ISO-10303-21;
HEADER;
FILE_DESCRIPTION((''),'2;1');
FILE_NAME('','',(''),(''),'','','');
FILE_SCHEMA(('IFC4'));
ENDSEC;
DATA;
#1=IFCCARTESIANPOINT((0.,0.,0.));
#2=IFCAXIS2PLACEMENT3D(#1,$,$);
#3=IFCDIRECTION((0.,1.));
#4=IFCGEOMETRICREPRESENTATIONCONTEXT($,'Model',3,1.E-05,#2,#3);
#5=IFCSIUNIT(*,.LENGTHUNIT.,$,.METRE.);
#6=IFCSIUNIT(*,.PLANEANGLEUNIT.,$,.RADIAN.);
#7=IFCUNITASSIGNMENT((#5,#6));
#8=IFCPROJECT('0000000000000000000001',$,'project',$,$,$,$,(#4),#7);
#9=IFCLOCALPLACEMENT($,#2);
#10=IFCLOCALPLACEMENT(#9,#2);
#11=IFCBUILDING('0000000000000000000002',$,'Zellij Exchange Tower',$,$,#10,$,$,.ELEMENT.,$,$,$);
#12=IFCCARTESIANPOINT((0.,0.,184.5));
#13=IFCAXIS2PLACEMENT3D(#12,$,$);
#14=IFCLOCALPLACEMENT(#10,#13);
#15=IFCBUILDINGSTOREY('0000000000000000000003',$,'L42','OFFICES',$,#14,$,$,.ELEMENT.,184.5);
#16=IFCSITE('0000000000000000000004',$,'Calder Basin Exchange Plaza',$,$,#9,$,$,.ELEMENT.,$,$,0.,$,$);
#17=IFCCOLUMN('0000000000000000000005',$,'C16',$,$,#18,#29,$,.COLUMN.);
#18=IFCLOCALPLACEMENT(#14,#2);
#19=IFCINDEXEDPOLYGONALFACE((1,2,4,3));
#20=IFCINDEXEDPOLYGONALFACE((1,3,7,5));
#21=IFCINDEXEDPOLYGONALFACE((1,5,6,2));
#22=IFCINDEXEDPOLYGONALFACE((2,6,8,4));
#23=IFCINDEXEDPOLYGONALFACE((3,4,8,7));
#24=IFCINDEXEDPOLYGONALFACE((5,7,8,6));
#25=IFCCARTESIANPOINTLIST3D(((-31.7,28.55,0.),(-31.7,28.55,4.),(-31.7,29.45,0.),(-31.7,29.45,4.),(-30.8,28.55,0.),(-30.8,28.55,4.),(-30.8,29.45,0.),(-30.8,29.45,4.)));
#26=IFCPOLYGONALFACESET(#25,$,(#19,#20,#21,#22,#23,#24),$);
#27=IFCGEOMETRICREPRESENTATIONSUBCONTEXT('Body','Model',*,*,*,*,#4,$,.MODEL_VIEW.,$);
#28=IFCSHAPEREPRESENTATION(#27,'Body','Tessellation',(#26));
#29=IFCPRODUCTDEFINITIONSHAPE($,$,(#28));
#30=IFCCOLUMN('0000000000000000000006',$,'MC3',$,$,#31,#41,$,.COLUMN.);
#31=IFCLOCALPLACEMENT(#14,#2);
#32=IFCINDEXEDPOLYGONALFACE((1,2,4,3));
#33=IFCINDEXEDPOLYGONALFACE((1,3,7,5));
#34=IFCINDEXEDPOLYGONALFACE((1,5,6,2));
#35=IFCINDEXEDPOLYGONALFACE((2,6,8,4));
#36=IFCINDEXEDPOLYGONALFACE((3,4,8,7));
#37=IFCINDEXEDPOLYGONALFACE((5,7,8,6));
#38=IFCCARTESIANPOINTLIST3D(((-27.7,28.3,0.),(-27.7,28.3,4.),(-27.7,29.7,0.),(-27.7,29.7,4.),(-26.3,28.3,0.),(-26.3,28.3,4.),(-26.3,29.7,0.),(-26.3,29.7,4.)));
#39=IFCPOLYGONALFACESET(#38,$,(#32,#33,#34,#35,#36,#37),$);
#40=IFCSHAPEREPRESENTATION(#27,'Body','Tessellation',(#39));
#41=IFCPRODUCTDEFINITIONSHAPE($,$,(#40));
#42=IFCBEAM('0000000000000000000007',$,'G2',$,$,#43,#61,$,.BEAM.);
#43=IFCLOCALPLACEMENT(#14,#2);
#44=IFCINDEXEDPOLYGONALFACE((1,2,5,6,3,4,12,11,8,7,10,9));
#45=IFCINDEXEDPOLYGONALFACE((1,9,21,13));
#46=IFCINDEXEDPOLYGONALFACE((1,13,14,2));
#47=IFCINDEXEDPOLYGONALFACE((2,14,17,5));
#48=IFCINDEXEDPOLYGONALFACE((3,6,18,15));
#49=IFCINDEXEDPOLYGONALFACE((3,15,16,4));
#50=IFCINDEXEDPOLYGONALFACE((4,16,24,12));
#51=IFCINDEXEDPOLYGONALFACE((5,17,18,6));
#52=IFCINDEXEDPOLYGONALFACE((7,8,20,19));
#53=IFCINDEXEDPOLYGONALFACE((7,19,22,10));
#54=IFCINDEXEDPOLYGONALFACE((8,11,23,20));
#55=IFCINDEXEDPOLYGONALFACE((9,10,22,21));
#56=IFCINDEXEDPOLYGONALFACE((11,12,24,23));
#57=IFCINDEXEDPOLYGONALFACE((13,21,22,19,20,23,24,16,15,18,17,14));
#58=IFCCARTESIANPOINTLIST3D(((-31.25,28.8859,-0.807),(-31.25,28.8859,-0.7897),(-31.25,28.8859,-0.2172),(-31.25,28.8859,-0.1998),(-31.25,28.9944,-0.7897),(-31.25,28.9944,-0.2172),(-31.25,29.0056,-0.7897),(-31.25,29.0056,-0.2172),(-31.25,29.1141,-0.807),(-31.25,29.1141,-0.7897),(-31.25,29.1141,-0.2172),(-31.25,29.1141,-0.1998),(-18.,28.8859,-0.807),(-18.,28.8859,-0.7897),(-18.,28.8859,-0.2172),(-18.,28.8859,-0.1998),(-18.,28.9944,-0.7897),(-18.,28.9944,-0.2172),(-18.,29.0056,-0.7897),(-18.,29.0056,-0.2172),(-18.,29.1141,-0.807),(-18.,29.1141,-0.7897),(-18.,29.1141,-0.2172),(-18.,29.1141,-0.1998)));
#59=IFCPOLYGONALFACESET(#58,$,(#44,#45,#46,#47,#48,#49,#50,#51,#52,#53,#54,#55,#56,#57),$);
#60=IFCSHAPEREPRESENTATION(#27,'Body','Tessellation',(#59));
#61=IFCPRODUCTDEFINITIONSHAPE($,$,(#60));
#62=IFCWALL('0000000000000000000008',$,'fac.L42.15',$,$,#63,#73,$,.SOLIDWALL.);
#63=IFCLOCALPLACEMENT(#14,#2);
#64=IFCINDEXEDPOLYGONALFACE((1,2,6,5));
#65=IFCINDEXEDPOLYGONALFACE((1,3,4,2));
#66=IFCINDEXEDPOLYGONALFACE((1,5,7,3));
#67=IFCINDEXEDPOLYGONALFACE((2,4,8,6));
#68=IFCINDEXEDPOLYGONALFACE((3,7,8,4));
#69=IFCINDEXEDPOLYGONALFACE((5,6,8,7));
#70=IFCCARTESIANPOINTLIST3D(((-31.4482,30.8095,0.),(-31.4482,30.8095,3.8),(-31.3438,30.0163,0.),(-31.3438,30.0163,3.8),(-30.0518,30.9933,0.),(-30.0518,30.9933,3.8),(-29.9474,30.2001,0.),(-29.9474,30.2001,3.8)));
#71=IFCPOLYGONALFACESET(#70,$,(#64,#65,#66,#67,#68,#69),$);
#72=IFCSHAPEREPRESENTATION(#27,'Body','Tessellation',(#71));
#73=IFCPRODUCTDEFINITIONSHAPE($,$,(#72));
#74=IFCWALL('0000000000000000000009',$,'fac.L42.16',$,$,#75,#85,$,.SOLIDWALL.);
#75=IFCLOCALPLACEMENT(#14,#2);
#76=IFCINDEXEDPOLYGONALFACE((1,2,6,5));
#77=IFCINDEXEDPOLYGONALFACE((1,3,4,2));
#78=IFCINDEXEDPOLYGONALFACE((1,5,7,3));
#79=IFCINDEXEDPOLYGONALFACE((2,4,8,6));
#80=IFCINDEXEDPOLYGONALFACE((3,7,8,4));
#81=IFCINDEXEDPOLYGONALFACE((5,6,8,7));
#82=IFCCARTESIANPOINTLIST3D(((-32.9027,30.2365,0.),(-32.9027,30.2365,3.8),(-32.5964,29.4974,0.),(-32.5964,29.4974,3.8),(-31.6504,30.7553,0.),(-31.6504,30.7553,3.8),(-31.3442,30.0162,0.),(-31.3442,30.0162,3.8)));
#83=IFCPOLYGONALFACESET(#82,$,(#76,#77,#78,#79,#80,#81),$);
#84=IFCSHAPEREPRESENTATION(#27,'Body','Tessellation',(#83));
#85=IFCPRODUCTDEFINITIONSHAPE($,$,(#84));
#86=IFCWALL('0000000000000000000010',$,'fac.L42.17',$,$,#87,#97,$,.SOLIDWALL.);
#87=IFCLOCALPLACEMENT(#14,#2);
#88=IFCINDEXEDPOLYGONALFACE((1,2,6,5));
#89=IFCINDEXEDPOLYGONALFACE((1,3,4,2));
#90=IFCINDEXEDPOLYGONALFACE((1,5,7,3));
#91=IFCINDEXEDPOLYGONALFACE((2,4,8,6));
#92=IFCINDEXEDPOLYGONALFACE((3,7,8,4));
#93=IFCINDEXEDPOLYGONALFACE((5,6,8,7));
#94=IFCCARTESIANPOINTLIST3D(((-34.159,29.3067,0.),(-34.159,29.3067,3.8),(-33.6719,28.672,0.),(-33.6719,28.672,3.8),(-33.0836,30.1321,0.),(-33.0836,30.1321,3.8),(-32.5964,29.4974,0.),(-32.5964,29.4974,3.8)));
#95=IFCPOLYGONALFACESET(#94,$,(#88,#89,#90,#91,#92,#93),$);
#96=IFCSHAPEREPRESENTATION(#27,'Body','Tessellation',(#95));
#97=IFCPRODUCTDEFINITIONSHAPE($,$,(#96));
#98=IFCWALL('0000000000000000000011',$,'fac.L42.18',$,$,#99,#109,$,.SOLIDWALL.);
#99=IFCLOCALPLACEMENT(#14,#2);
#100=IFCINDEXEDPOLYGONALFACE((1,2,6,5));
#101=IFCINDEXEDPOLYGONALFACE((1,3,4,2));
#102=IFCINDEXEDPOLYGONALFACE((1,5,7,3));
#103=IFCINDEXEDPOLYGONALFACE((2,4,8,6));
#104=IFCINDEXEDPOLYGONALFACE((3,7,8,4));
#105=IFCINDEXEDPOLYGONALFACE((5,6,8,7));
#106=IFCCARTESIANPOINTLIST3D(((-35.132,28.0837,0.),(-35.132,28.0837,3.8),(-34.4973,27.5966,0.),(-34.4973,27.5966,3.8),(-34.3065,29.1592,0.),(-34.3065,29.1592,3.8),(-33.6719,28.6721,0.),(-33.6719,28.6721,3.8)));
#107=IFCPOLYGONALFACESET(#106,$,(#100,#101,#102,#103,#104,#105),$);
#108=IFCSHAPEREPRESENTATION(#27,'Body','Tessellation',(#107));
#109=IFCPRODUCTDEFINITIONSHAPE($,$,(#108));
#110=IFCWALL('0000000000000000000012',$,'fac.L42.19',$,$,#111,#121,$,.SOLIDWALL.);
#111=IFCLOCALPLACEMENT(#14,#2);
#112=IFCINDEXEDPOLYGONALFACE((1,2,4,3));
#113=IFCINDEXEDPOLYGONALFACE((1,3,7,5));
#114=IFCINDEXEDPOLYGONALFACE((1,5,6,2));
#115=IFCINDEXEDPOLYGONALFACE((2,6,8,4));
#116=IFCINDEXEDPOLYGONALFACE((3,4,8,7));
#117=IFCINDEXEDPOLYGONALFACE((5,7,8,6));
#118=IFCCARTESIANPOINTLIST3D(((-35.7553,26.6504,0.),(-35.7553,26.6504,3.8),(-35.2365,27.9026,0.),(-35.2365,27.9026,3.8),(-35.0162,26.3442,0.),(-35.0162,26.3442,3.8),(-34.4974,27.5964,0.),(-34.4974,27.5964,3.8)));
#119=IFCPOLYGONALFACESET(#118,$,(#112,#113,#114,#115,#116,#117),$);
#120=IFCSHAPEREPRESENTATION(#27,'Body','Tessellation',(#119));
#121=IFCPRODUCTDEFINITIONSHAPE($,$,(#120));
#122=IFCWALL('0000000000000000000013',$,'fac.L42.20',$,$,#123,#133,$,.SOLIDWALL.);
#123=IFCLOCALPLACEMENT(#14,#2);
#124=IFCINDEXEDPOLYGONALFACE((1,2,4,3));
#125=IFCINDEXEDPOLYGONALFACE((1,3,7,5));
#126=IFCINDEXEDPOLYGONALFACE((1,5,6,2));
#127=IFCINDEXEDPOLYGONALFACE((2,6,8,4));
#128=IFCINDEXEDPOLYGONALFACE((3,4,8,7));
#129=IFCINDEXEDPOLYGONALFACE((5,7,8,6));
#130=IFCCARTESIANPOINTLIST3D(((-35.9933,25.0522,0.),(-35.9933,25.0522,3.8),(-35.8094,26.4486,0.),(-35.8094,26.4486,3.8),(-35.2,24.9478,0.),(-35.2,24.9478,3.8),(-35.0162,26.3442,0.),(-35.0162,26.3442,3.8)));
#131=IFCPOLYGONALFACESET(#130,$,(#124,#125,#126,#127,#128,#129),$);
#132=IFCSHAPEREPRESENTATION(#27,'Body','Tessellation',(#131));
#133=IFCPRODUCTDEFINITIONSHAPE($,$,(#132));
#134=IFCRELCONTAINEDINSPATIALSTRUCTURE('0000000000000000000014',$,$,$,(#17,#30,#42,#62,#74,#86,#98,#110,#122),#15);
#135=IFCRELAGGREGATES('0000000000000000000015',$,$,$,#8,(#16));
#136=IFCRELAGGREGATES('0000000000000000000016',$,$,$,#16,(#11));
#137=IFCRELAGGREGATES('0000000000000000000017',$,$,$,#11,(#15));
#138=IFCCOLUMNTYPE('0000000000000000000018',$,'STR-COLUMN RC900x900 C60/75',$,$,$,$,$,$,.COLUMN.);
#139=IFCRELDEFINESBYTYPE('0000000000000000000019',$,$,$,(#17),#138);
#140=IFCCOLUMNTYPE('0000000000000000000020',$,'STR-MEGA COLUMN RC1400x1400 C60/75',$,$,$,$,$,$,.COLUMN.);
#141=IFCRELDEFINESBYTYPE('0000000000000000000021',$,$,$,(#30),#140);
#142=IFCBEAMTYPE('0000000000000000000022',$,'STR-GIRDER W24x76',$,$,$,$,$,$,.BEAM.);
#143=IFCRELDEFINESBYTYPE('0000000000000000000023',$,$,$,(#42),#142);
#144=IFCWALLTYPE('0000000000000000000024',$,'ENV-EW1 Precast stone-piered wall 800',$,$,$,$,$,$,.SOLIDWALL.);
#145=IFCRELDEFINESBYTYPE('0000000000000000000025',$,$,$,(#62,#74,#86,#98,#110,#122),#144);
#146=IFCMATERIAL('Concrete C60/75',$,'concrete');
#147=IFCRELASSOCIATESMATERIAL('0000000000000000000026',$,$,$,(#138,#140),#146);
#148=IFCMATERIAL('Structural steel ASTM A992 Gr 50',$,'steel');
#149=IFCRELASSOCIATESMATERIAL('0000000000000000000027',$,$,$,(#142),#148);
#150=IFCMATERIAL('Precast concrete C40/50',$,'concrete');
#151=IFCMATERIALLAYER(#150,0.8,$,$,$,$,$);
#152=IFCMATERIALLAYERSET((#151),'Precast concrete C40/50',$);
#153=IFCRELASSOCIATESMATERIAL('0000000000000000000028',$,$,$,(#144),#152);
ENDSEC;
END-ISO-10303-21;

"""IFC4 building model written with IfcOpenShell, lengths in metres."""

from ifc_helpers import new_model, si_unit, direction, frame, frame_2d, origin, origin_2d, place, context, subcontext, project, spatial, rectangle, i_section, extrude, material, layer, layer_set, material_profile, profile_set, type_object, element, save


model = new_model("IFC4")

# Units and contexts
model_context = context("Model", 3, precision=1e-05, world=origin(), true_north=direction((0.0, 1.0)))
body_context = subcontext(model_context, "Body", "Model", "MODEL_VIEW")
ifc_project = project(units=[si_unit("LENGTHUNIT", "METRE"), si_unit("PLANEANGLEUNIT", "RADIAN")], contexts=[model_context])

# Site, building, storey
site_placement = place(None, origin())
site = spatial("IfcSite", under=ifc_project, at=site_placement, Name="Calder Basin Exchange Plaza", CompositionType="ELEMENT", RefElevation=0.0)
building_placement = place(site_placement, origin())
building = spatial("IfcBuilding", under=site, at=building_placement, Name="Zellij Exchange Tower", CompositionType="ELEMENT")
storey_placement = place(building_placement, frame((0.0, 0.0, 184.5)))
storey = spatial("IfcBuildingStorey", under=building, at=storey_placement, Name="L42", Description="OFFICES", CompositionType="ELEMENT", Elevation=184.5)

# Columns
ifc_material_1 = material(Name="Concrete C60/75", Category="concrete")
ifc_material_profile_1 = material_profile(ifc_material_1, rectangle(XDim=0.8999, YDim=0.8999, at=origin_2d()), Name="STR-COLUMN RC900x900 C60/75")
ifc_profile_set_1 = profile_set([ifc_material_profile_1], Name="Concrete C60/75")
column_type_1 = type_object("IfcColumnType", Name="STR-COLUMN RC900x900 C60/75", PredefinedType="COLUMN", material=ifc_profile_set_1)
column_1_placement = place(storey_placement, frame((-31.25, 29.0, 0.0), z_axis=(0.0, 0.0, 1.0), x_axis=(1.0, 0.0, 0.0)))
element("IfcColumn", 1, at=column_1_placement, inside=storey, type_object=column_type_1, Name="C16", PredefinedType="COLUMN", context=body_context, shape_type="SweptSolid", body=[
    extrude(rectangle(XDim=0.8999, YDim=0.8999, at=origin_2d()), origin(), (0.0, 0.0, 1.0), 4.0),
])
ifc_material_profile_2 = material_profile(ifc_material_1, rectangle(XDim=1.3999, YDim=1.3999, at=origin_2d()), Name="STR-MEGA COLUMN RC1400x1400 C60/75")
ifc_profile_set_2 = profile_set([ifc_material_profile_2], Name="Concrete C60/75")
column_type_2 = type_object("IfcColumnType", Name="STR-MEGA COLUMN RC1400x1400 C60/75", PredefinedType="COLUMN", material=ifc_profile_set_2)
column_2_placement = place(storey_placement, frame((-27.0, 29.0, 0.0), z_axis=(0.0, 0.0, 1.0), x_axis=(1.0, 0.0, 0.0)))
element("IfcColumn", 2, at=column_2_placement, inside=storey, type_object=column_type_2, Name="MC3", PredefinedType="COLUMN", context=body_context, shape_type="SweptSolid", body=[
    extrude(rectangle(XDim=1.3999, YDim=1.3999, at=origin_2d()), origin(), (0.0, 0.0, 1.0), 4.0),
])

# Beam
ifc_material_2 = material(Name="Structural steel ASTM A992 Gr 50", Category="steel")
ifc_material_profile_3 = material_profile(ifc_material_2, i_section(OverallWidth=0.2283, OverallDepth=0.6072, WebThickness=0.0112, FlangeThickness=0.0173, at=origin_2d()), Name="W24x76")
ifc_profile_set_3 = profile_set([ifc_material_profile_3], Name="Structural steel ASTM A992 Gr 50")
beam_type = type_object("IfcBeamType", Name="STR-GIRDER W24x76", PredefinedType="BEAM", material=ifc_profile_set_3)
beam_placement = place(storey_placement, frame((-31.25, 29.0, -0.5034), z_axis=(1.0, 0.0, 0.0), x_axis=(0.0, 1.0, 0.0)))
element("IfcBeam", 3, at=beam_placement, inside=storey, type_object=beam_type, Name="G2", PredefinedType="BEAM", context=body_context, shape_type="SweptSolid", body=[
    extrude(i_section(OverallWidth=0.2283, OverallDepth=0.6072, WebThickness=0.0112, FlangeThickness=0.0173, at=origin_2d()), origin(), (0.0, 0.0, 1.0), 13.25),
])

# Walls
ifc_material_3 = material(Name="Precast concrete C40/50", Category="concrete")
ifc_layer_1 = layer(ifc_material_3, 0.8)
ifc_layer_set_1 = layer_set([ifc_layer_1], Name="Precast concrete C40/50")
wall_type_1 = type_object("IfcWallType", Name="ENV-EW1 Precast stone-piered wall 800", PredefinedType="SOLIDWALL", material=ifc_layer_set_1)
wall_1_placement = place(storey_placement, frame((-29.9998, 30.5967, 0.0), z_axis=(0.0, 0.0, 1.0), x_axis=(-0.991446, -0.130517, 0.0)))
element("IfcWall", 4, at=wall_1_placement, inside=storey, type_object=wall_type_1, Name="fac.L42.15", PredefinedType="SOLIDWALL", context=body_context, shape_type="SweptSolid", body=[
    extrude(rectangle(XDim=1.4084, YDim=0.8, at=frame_2d((0.7041, 0.0))), origin(), (0.0, 0.0, 1.0), 3.8),
])
wall_2_placement = place(storey_placement, frame((-31.4973, 30.3857, 0.0), z_axis=(0.0, 0.0, 1.0), x_axis=(-0.923848, -0.38276, 0.0)))
element("IfcWall", 5, at=wall_2_placement, inside=storey, type_object=wall_type_1, Name="fac.L42.16", PredefinedType="SOLIDWALL", context=body_context, shape_type="SweptSolid", body=[
    extrude(rectangle(XDim=1.3555, YDim=0.8, at=frame_2d((0.6777, 0.0))), origin(), (0.0, 0.0, 1.0), 3.8),
])
for number, where, z_axis, x_axis, name in (
    (6, (-32.8401, 29.8147, 0.0), (0.0, 0.0, 1.0), (-0.793273, -0.608866, 0.0), "fac.L42.17"),
    (7, (-33.9893, 28.9155, 0.0), (0.0, 0.0, 1.0), (-0.608866, -0.793273, 0.0), "fac.L42.18"),
):
    element("IfcWall", number, at=place(storey_placement, frame(where, z_axis=z_axis, x_axis=x_axis)), inside=storey, type_object=wall_type_1, Name=name, PredefinedType="SOLIDWALL", context=body_context, shape_type="SweptSolid", body=[
        extrude(rectangle(XDim=1.3557, YDim=0.8, at=frame_2d((0.6777, 0.0))), origin(), (0.0, 0.0, 1.0), 3.8),
    ])
wall_3_placement = place(storey_placement, frame((-34.8669, 27.7495, 0.0), z_axis=(0.0, 0.0, 1.0), x_axis=(-0.38276, -0.923848, 0.0)))
element("IfcWall", 8, at=wall_3_placement, inside=storey, type_object=wall_type_1, Name="fac.L42.19", PredefinedType="SOLIDWALL", context=body_context, shape_type="SweptSolid", body=[
    extrude(rectangle(XDim=1.3555, YDim=0.8, at=frame_2d((0.6777, 0.0))), origin(), (0.0, 0.0, 1.0), 3.8),
])
wall_4_placement = place(storey_placement, frame((-35.4128, 26.3962, 0.0), z_axis=(0.0, 0.0, 1.0), x_axis=(-0.130517, -0.991446, 0.0)))
element("IfcWall", 9, at=wall_4_placement, inside=storey, type_object=wall_type_1, Name="fac.L42.20", PredefinedType="SOLIDWALL", context=body_context, shape_type="SweptSolid", body=[
    extrude(rectangle(XDim=1.4084, YDim=0.8, at=frame_2d((0.7041, 0.0))), origin(), (0.0, 0.0, 1.0), 3.8),
])

save(model, "model.ifc")
